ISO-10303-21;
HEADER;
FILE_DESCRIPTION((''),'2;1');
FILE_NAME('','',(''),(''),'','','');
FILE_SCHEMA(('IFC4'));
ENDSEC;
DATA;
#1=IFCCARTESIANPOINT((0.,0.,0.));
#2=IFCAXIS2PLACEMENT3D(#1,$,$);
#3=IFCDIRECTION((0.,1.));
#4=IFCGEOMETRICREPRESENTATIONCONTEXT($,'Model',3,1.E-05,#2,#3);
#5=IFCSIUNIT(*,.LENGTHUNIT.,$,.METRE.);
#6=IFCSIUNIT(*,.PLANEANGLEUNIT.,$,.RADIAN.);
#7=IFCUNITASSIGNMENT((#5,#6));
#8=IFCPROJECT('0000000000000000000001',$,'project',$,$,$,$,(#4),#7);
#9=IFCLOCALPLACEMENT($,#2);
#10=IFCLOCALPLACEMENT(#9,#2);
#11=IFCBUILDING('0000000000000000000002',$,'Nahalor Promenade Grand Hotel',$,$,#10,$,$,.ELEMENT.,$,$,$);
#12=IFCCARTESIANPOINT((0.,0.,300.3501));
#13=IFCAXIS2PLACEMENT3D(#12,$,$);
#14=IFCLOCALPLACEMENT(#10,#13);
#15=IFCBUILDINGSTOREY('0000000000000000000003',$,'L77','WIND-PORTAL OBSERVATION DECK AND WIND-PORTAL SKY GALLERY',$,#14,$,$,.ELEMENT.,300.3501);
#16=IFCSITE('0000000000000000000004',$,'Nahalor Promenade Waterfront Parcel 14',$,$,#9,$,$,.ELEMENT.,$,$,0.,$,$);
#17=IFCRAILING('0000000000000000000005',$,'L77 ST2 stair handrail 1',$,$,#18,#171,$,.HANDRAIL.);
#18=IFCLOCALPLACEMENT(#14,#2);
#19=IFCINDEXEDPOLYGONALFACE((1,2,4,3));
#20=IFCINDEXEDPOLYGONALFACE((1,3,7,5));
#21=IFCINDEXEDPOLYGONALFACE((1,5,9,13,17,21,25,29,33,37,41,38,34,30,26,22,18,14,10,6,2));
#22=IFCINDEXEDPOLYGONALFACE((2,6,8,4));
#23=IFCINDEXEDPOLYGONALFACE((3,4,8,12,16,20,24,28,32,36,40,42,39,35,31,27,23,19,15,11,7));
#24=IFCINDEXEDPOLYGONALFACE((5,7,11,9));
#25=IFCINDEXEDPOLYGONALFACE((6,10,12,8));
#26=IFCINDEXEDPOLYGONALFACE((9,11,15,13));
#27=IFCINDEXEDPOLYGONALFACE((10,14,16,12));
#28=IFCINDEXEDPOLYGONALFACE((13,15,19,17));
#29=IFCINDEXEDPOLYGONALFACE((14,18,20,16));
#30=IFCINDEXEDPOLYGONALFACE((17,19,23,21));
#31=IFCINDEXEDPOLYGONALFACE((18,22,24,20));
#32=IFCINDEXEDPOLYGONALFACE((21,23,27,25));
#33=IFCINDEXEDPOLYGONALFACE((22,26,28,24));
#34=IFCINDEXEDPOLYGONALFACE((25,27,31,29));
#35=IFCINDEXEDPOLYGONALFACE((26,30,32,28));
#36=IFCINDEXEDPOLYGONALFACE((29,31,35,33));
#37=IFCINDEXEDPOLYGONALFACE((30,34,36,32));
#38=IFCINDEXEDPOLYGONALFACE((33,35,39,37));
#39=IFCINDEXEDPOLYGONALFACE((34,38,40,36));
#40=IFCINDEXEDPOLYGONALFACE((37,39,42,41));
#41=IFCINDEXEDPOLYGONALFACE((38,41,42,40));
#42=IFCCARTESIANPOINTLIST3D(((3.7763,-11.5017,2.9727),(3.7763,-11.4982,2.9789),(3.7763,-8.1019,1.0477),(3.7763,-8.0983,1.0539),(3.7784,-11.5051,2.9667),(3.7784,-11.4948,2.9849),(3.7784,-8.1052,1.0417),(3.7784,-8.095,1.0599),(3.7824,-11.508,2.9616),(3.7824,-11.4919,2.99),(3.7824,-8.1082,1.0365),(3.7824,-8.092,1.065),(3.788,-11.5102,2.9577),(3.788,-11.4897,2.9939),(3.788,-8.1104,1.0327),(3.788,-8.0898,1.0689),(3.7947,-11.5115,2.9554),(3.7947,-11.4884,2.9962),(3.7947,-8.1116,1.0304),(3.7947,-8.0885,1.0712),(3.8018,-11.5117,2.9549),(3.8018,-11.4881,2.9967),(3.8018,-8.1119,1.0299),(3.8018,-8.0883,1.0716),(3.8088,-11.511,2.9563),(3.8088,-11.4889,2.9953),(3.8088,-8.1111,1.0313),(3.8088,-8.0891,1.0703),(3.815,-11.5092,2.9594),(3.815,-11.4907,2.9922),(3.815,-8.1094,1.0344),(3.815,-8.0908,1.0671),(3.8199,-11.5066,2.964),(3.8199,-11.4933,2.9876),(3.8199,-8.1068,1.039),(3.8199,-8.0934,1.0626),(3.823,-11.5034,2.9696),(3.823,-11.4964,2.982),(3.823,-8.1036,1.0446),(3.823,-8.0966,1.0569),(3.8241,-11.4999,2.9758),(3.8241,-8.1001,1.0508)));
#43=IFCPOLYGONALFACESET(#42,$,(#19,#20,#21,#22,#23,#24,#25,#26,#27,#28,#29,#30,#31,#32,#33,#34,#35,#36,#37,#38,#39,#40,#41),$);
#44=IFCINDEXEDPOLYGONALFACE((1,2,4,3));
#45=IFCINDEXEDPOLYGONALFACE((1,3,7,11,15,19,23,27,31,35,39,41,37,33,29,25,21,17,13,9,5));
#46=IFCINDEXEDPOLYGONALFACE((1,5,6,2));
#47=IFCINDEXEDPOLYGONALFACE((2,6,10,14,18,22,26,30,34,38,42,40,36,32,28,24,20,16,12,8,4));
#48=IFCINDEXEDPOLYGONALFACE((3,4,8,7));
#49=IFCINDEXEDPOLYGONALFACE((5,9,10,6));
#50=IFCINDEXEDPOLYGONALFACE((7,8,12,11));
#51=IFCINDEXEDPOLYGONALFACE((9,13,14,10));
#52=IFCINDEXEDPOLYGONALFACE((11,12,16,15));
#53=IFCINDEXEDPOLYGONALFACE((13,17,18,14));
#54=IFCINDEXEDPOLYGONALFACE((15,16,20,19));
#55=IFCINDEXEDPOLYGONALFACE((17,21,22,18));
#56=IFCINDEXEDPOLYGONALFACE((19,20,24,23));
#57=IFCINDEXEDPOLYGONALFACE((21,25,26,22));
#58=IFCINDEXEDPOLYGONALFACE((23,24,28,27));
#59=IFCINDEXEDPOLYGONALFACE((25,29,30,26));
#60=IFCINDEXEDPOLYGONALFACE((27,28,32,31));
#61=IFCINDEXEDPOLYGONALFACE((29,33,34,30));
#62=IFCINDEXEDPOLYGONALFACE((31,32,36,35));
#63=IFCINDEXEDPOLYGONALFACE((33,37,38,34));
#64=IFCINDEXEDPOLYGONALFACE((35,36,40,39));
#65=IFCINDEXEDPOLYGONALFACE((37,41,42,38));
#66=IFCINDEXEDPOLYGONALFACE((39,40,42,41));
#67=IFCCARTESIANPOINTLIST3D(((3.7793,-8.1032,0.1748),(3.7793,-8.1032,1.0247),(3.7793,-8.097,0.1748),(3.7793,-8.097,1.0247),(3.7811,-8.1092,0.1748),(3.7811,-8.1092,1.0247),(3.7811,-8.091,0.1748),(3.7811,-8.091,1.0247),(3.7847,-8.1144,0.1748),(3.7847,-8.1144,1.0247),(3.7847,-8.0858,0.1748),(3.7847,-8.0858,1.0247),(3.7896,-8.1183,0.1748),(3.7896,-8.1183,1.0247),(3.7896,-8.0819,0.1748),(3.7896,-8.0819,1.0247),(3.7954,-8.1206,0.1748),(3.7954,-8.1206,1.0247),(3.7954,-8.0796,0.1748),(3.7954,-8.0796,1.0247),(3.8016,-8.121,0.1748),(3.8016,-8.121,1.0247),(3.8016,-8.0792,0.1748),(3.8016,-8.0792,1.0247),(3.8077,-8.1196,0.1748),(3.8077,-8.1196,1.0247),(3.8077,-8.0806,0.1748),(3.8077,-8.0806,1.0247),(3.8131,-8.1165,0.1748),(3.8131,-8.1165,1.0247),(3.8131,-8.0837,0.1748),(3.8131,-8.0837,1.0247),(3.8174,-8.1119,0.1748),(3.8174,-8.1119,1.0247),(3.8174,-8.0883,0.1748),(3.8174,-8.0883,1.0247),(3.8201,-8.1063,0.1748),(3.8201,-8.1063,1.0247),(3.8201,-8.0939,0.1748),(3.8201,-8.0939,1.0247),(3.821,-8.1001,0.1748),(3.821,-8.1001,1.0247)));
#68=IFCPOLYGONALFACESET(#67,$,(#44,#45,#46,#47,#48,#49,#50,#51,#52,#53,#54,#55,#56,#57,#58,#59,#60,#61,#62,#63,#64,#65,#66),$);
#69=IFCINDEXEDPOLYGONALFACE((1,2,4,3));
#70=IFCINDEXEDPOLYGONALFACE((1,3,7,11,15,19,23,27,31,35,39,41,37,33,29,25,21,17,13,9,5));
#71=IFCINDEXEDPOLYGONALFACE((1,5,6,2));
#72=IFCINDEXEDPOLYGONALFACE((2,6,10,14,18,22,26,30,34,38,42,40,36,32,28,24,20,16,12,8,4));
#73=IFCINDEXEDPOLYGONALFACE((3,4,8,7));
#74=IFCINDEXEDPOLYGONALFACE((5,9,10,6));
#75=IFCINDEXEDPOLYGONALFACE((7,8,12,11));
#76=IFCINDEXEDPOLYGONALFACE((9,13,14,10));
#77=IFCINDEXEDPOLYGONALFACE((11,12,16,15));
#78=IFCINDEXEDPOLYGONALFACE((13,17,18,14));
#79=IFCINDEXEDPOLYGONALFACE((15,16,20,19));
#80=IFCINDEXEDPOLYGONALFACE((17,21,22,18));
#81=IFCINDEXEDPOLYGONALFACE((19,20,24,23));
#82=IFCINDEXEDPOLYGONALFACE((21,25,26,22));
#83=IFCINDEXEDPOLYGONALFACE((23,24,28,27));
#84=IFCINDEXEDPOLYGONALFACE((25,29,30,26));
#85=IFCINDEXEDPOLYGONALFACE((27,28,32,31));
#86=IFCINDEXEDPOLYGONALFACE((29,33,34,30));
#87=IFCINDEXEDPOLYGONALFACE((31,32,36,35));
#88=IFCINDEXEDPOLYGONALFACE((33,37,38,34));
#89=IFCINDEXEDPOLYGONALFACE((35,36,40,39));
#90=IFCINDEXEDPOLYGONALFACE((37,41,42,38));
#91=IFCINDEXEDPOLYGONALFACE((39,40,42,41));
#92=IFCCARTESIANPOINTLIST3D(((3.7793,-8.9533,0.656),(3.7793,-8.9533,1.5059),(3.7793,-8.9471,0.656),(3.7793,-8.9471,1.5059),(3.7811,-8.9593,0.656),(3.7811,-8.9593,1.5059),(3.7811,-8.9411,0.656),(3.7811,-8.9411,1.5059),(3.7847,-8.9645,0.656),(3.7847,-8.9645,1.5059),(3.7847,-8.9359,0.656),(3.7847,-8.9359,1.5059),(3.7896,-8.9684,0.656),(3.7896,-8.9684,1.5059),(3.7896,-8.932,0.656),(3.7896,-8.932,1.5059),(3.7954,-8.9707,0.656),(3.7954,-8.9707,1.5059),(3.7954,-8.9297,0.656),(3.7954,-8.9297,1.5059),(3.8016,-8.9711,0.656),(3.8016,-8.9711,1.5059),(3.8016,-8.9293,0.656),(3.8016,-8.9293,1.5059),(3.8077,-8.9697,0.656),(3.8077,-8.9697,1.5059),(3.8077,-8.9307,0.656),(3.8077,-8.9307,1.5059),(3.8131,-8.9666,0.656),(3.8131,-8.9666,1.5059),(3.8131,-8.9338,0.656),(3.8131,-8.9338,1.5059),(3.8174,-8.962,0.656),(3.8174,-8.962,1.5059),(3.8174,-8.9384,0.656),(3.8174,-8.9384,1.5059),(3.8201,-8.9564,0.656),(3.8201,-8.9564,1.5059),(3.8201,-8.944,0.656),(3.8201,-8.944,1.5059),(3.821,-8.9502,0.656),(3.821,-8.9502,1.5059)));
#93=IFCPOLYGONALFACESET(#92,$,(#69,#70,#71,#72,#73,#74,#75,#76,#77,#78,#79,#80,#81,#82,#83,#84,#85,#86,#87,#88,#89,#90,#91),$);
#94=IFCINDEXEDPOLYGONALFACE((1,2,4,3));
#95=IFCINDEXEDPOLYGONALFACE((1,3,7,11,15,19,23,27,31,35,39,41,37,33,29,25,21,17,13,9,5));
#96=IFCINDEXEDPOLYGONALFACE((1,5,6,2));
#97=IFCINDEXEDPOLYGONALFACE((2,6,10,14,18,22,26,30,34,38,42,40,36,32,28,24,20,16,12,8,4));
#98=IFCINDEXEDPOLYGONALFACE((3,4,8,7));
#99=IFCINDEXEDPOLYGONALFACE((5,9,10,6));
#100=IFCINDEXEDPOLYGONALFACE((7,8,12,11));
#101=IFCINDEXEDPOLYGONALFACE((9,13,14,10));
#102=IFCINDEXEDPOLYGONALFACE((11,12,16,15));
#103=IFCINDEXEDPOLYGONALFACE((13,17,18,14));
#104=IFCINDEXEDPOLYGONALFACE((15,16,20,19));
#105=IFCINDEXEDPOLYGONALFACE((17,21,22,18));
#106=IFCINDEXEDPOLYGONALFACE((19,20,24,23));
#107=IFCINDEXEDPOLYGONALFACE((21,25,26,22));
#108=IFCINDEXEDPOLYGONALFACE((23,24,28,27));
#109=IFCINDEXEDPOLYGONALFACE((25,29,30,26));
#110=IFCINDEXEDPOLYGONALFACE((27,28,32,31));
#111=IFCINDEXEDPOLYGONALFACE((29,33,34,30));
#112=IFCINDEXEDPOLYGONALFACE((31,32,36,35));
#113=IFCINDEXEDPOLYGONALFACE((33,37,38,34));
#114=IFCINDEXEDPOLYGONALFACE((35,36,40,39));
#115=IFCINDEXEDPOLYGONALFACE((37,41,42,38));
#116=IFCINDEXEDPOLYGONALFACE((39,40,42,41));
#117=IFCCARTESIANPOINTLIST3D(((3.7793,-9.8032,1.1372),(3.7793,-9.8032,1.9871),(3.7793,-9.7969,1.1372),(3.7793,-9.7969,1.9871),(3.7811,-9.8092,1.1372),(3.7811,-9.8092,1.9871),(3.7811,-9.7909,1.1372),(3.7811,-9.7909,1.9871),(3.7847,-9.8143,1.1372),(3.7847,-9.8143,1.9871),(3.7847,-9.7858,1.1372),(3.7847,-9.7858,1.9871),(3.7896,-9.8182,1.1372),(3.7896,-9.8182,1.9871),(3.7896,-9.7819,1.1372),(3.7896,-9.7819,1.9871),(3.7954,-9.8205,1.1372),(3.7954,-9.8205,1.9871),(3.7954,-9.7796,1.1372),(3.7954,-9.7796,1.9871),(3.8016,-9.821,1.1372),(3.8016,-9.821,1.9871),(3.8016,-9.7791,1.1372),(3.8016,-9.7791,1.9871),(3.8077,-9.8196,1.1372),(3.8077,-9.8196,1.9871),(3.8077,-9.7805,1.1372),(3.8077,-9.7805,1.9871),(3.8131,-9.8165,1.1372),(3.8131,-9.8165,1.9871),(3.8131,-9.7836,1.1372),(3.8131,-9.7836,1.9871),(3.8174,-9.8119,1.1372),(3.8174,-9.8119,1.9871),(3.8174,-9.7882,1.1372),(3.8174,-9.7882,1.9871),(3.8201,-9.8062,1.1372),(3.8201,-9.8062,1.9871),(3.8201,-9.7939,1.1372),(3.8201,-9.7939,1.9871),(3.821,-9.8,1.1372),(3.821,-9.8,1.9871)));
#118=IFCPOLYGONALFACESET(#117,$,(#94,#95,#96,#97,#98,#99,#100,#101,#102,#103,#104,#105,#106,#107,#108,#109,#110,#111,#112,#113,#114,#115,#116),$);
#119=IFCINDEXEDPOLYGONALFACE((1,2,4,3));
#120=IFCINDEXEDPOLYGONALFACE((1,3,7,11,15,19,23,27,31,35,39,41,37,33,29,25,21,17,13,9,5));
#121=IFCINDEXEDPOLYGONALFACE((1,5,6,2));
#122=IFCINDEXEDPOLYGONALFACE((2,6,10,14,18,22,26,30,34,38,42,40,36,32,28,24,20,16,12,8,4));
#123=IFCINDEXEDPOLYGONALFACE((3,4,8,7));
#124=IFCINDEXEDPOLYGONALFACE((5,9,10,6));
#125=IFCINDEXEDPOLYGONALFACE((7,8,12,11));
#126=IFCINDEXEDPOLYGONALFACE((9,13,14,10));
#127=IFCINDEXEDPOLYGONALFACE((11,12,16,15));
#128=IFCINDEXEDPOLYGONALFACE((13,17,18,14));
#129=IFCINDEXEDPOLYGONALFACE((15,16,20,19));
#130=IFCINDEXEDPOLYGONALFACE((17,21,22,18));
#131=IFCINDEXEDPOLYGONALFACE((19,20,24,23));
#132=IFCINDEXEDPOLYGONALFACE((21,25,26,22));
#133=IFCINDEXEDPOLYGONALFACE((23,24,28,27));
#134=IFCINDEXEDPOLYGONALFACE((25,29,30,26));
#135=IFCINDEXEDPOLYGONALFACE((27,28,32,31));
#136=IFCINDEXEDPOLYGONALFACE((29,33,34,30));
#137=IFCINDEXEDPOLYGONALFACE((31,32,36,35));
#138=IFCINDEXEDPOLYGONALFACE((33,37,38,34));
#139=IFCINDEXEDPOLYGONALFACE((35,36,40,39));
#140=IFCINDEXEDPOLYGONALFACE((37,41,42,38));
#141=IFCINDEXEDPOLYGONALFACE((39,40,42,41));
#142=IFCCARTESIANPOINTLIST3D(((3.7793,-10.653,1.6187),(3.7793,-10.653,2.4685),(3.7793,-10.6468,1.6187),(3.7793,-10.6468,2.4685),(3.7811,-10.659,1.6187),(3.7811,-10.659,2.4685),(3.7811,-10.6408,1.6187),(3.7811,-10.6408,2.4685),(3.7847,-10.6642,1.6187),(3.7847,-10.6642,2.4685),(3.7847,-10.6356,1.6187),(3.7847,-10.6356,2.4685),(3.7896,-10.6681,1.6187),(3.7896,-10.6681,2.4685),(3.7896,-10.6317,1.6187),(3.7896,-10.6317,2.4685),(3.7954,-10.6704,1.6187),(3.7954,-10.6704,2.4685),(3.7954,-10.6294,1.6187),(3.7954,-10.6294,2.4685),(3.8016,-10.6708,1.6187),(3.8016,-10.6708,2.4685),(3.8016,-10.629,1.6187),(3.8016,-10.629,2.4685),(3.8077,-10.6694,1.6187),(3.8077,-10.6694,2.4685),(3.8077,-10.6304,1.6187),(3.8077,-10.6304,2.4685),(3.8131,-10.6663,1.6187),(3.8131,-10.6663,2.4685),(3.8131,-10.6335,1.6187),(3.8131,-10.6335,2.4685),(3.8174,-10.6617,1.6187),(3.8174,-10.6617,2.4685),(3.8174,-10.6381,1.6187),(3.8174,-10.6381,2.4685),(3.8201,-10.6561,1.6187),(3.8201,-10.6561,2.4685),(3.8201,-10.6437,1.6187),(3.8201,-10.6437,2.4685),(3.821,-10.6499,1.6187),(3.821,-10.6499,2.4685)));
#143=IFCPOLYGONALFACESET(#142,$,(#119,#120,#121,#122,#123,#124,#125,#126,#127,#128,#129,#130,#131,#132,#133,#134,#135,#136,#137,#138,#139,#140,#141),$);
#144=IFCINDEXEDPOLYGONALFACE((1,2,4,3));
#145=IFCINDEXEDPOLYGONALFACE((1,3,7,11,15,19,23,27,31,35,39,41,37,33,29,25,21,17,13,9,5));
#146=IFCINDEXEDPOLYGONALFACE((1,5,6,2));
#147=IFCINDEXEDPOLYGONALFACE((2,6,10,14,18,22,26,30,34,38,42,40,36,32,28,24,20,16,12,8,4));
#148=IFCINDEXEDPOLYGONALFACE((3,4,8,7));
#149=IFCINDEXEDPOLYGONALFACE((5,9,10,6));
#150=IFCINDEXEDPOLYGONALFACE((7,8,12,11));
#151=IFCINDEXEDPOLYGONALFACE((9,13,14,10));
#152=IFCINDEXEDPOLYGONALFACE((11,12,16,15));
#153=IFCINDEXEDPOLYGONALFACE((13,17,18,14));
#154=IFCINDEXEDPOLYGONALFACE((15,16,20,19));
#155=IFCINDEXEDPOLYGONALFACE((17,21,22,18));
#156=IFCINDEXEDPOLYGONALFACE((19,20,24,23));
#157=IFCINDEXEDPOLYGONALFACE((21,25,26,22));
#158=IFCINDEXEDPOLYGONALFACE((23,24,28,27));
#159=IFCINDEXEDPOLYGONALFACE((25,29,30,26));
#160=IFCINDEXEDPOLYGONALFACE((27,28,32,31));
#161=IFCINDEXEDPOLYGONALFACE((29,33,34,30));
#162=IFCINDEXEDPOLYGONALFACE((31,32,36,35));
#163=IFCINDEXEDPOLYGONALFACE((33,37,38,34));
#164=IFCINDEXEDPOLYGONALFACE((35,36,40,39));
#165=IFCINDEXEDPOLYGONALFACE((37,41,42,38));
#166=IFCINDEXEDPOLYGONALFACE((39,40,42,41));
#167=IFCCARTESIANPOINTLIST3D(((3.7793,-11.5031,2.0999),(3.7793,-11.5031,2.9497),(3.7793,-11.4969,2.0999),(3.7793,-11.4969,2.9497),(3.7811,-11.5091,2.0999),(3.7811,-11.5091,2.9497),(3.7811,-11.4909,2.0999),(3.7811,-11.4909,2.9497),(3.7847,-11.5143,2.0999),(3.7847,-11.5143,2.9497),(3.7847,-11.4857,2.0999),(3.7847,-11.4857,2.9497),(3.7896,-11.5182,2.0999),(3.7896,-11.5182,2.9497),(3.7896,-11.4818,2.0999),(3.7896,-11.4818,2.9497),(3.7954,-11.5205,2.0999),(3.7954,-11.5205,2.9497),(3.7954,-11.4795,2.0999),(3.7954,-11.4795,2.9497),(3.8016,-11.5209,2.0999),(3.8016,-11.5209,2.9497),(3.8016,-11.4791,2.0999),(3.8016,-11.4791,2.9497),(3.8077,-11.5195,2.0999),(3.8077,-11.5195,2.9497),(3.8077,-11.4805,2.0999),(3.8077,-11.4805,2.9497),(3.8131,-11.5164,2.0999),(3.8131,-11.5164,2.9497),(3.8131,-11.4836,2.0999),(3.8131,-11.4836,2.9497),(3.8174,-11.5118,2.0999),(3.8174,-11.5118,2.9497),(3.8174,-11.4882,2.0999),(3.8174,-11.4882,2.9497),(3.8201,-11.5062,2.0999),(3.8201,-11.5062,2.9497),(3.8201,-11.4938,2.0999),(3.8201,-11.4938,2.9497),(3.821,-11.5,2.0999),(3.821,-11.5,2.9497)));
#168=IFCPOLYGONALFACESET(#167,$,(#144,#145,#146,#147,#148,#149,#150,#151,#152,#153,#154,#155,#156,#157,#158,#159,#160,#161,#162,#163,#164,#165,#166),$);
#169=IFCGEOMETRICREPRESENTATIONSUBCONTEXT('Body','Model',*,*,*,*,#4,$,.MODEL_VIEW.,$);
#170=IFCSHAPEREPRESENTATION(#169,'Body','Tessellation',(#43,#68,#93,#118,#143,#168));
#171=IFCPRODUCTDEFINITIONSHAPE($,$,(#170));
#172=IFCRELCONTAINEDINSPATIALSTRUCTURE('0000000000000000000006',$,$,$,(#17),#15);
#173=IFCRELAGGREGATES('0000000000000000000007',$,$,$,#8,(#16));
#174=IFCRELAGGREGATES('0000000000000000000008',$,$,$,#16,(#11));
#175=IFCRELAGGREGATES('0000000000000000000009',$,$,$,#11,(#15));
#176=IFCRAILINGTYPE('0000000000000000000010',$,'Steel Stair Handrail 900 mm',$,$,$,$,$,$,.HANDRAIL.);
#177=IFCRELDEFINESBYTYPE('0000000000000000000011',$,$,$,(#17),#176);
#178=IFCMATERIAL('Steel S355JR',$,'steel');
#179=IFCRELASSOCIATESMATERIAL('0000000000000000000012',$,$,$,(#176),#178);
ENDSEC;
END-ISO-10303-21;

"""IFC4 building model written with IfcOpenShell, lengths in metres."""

from ifc_helpers import new_model, si_unit, direction, frame, origin, origin_2d, place, context, subcontext, project, spatial, circle, extrude, material, type_object, element, save


model = new_model("IFC4")

# Units and contexts
model_context = context("Model", 3, precision=1e-05, world=origin(), true_north=direction((0.0, 1.0)))
body_context = subcontext(model_context, "Body", "Model", "MODEL_VIEW")
ifc_project = project(units=[si_unit("LENGTHUNIT", "METRE"), si_unit("PLANEANGLEUNIT", "RADIAN")], contexts=[model_context])

# Site, building, storey
site_placement = place(None, origin())
site = spatial("IfcSite", under=ifc_project, at=site_placement, Name="Nahalor Promenade Waterfront Parcel 14", CompositionType="ELEMENT", RefElevation=0.0)
building_placement = place(site_placement, origin())
building = spatial("IfcBuilding", under=site, at=building_placement, Name="Nahalor Promenade Grand Hotel", CompositionType="ELEMENT")
storey_placement = place(building_placement, frame((0.0, 0.0, 300.3501)))
storey = spatial("IfcBuildingStorey", under=building, at=storey_placement, Name="L77", Description="WIND-PORTAL OBSERVATION DECK AND WIND-PORTAL SKY GALLERY", CompositionType="ELEMENT", Elevation=300.3501)

# Shared definitions
ifc_material_1 = material(Name="Steel S355JR", Category="steel")

# Railing
railing_type_1 = type_object("IfcRailingType", Name="Steel Stair Handrail 900 mm", PredefinedType="HANDRAIL", material=ifc_material_1)
for number, where, name in (
    (1, (3.8, -8.1001, 0.1748), "L77 ST2 stair handrail 1"),
):
    element("IfcRailing", number, at=place(storey_placement, frame(where)), inside=storey, type_object=railing_type_1, Name=name, PredefinedType="HANDRAIL", context=body_context, shape_type="SweptSolid", body=[
        extrude(circle(Radius=0.024, at=origin_2d()), frame((0.0, 0.0, 0.876), z_axis=(0.0, -0.870194, 0.49271), x_axis=(1.0, 0.0, 0.0)), (0.0, 0.0, 1.0), 3.907),
        extrude(circle(Radius=0.021, at=origin_2d()), origin(), (0.0, 0.0, 1.0), 0.8499),
        extrude(circle(Radius=0.021, at=origin_2d()), frame((0.0, -0.8501, 0.4812)), (0.0, 0.0, 1.0), 0.8499),
        extrude(circle(Radius=0.021, at=origin_2d()), frame((0.0, -1.7, 0.9624)), (0.0, 0.0, 1.0), 0.8499),
        extrude(circle(Radius=0.021, at=origin_2d()), frame((0.0, -2.5498, 1.4438)), (0.0, 0.0, 1.0), 0.8499),
        extrude(circle(Radius=0.021, at=origin_2d()), frame((0.0, -3.3999, 1.925)), (0.0, 0.0, 1.0), 0.8499),
    ])

save(model, "model.ifc")
